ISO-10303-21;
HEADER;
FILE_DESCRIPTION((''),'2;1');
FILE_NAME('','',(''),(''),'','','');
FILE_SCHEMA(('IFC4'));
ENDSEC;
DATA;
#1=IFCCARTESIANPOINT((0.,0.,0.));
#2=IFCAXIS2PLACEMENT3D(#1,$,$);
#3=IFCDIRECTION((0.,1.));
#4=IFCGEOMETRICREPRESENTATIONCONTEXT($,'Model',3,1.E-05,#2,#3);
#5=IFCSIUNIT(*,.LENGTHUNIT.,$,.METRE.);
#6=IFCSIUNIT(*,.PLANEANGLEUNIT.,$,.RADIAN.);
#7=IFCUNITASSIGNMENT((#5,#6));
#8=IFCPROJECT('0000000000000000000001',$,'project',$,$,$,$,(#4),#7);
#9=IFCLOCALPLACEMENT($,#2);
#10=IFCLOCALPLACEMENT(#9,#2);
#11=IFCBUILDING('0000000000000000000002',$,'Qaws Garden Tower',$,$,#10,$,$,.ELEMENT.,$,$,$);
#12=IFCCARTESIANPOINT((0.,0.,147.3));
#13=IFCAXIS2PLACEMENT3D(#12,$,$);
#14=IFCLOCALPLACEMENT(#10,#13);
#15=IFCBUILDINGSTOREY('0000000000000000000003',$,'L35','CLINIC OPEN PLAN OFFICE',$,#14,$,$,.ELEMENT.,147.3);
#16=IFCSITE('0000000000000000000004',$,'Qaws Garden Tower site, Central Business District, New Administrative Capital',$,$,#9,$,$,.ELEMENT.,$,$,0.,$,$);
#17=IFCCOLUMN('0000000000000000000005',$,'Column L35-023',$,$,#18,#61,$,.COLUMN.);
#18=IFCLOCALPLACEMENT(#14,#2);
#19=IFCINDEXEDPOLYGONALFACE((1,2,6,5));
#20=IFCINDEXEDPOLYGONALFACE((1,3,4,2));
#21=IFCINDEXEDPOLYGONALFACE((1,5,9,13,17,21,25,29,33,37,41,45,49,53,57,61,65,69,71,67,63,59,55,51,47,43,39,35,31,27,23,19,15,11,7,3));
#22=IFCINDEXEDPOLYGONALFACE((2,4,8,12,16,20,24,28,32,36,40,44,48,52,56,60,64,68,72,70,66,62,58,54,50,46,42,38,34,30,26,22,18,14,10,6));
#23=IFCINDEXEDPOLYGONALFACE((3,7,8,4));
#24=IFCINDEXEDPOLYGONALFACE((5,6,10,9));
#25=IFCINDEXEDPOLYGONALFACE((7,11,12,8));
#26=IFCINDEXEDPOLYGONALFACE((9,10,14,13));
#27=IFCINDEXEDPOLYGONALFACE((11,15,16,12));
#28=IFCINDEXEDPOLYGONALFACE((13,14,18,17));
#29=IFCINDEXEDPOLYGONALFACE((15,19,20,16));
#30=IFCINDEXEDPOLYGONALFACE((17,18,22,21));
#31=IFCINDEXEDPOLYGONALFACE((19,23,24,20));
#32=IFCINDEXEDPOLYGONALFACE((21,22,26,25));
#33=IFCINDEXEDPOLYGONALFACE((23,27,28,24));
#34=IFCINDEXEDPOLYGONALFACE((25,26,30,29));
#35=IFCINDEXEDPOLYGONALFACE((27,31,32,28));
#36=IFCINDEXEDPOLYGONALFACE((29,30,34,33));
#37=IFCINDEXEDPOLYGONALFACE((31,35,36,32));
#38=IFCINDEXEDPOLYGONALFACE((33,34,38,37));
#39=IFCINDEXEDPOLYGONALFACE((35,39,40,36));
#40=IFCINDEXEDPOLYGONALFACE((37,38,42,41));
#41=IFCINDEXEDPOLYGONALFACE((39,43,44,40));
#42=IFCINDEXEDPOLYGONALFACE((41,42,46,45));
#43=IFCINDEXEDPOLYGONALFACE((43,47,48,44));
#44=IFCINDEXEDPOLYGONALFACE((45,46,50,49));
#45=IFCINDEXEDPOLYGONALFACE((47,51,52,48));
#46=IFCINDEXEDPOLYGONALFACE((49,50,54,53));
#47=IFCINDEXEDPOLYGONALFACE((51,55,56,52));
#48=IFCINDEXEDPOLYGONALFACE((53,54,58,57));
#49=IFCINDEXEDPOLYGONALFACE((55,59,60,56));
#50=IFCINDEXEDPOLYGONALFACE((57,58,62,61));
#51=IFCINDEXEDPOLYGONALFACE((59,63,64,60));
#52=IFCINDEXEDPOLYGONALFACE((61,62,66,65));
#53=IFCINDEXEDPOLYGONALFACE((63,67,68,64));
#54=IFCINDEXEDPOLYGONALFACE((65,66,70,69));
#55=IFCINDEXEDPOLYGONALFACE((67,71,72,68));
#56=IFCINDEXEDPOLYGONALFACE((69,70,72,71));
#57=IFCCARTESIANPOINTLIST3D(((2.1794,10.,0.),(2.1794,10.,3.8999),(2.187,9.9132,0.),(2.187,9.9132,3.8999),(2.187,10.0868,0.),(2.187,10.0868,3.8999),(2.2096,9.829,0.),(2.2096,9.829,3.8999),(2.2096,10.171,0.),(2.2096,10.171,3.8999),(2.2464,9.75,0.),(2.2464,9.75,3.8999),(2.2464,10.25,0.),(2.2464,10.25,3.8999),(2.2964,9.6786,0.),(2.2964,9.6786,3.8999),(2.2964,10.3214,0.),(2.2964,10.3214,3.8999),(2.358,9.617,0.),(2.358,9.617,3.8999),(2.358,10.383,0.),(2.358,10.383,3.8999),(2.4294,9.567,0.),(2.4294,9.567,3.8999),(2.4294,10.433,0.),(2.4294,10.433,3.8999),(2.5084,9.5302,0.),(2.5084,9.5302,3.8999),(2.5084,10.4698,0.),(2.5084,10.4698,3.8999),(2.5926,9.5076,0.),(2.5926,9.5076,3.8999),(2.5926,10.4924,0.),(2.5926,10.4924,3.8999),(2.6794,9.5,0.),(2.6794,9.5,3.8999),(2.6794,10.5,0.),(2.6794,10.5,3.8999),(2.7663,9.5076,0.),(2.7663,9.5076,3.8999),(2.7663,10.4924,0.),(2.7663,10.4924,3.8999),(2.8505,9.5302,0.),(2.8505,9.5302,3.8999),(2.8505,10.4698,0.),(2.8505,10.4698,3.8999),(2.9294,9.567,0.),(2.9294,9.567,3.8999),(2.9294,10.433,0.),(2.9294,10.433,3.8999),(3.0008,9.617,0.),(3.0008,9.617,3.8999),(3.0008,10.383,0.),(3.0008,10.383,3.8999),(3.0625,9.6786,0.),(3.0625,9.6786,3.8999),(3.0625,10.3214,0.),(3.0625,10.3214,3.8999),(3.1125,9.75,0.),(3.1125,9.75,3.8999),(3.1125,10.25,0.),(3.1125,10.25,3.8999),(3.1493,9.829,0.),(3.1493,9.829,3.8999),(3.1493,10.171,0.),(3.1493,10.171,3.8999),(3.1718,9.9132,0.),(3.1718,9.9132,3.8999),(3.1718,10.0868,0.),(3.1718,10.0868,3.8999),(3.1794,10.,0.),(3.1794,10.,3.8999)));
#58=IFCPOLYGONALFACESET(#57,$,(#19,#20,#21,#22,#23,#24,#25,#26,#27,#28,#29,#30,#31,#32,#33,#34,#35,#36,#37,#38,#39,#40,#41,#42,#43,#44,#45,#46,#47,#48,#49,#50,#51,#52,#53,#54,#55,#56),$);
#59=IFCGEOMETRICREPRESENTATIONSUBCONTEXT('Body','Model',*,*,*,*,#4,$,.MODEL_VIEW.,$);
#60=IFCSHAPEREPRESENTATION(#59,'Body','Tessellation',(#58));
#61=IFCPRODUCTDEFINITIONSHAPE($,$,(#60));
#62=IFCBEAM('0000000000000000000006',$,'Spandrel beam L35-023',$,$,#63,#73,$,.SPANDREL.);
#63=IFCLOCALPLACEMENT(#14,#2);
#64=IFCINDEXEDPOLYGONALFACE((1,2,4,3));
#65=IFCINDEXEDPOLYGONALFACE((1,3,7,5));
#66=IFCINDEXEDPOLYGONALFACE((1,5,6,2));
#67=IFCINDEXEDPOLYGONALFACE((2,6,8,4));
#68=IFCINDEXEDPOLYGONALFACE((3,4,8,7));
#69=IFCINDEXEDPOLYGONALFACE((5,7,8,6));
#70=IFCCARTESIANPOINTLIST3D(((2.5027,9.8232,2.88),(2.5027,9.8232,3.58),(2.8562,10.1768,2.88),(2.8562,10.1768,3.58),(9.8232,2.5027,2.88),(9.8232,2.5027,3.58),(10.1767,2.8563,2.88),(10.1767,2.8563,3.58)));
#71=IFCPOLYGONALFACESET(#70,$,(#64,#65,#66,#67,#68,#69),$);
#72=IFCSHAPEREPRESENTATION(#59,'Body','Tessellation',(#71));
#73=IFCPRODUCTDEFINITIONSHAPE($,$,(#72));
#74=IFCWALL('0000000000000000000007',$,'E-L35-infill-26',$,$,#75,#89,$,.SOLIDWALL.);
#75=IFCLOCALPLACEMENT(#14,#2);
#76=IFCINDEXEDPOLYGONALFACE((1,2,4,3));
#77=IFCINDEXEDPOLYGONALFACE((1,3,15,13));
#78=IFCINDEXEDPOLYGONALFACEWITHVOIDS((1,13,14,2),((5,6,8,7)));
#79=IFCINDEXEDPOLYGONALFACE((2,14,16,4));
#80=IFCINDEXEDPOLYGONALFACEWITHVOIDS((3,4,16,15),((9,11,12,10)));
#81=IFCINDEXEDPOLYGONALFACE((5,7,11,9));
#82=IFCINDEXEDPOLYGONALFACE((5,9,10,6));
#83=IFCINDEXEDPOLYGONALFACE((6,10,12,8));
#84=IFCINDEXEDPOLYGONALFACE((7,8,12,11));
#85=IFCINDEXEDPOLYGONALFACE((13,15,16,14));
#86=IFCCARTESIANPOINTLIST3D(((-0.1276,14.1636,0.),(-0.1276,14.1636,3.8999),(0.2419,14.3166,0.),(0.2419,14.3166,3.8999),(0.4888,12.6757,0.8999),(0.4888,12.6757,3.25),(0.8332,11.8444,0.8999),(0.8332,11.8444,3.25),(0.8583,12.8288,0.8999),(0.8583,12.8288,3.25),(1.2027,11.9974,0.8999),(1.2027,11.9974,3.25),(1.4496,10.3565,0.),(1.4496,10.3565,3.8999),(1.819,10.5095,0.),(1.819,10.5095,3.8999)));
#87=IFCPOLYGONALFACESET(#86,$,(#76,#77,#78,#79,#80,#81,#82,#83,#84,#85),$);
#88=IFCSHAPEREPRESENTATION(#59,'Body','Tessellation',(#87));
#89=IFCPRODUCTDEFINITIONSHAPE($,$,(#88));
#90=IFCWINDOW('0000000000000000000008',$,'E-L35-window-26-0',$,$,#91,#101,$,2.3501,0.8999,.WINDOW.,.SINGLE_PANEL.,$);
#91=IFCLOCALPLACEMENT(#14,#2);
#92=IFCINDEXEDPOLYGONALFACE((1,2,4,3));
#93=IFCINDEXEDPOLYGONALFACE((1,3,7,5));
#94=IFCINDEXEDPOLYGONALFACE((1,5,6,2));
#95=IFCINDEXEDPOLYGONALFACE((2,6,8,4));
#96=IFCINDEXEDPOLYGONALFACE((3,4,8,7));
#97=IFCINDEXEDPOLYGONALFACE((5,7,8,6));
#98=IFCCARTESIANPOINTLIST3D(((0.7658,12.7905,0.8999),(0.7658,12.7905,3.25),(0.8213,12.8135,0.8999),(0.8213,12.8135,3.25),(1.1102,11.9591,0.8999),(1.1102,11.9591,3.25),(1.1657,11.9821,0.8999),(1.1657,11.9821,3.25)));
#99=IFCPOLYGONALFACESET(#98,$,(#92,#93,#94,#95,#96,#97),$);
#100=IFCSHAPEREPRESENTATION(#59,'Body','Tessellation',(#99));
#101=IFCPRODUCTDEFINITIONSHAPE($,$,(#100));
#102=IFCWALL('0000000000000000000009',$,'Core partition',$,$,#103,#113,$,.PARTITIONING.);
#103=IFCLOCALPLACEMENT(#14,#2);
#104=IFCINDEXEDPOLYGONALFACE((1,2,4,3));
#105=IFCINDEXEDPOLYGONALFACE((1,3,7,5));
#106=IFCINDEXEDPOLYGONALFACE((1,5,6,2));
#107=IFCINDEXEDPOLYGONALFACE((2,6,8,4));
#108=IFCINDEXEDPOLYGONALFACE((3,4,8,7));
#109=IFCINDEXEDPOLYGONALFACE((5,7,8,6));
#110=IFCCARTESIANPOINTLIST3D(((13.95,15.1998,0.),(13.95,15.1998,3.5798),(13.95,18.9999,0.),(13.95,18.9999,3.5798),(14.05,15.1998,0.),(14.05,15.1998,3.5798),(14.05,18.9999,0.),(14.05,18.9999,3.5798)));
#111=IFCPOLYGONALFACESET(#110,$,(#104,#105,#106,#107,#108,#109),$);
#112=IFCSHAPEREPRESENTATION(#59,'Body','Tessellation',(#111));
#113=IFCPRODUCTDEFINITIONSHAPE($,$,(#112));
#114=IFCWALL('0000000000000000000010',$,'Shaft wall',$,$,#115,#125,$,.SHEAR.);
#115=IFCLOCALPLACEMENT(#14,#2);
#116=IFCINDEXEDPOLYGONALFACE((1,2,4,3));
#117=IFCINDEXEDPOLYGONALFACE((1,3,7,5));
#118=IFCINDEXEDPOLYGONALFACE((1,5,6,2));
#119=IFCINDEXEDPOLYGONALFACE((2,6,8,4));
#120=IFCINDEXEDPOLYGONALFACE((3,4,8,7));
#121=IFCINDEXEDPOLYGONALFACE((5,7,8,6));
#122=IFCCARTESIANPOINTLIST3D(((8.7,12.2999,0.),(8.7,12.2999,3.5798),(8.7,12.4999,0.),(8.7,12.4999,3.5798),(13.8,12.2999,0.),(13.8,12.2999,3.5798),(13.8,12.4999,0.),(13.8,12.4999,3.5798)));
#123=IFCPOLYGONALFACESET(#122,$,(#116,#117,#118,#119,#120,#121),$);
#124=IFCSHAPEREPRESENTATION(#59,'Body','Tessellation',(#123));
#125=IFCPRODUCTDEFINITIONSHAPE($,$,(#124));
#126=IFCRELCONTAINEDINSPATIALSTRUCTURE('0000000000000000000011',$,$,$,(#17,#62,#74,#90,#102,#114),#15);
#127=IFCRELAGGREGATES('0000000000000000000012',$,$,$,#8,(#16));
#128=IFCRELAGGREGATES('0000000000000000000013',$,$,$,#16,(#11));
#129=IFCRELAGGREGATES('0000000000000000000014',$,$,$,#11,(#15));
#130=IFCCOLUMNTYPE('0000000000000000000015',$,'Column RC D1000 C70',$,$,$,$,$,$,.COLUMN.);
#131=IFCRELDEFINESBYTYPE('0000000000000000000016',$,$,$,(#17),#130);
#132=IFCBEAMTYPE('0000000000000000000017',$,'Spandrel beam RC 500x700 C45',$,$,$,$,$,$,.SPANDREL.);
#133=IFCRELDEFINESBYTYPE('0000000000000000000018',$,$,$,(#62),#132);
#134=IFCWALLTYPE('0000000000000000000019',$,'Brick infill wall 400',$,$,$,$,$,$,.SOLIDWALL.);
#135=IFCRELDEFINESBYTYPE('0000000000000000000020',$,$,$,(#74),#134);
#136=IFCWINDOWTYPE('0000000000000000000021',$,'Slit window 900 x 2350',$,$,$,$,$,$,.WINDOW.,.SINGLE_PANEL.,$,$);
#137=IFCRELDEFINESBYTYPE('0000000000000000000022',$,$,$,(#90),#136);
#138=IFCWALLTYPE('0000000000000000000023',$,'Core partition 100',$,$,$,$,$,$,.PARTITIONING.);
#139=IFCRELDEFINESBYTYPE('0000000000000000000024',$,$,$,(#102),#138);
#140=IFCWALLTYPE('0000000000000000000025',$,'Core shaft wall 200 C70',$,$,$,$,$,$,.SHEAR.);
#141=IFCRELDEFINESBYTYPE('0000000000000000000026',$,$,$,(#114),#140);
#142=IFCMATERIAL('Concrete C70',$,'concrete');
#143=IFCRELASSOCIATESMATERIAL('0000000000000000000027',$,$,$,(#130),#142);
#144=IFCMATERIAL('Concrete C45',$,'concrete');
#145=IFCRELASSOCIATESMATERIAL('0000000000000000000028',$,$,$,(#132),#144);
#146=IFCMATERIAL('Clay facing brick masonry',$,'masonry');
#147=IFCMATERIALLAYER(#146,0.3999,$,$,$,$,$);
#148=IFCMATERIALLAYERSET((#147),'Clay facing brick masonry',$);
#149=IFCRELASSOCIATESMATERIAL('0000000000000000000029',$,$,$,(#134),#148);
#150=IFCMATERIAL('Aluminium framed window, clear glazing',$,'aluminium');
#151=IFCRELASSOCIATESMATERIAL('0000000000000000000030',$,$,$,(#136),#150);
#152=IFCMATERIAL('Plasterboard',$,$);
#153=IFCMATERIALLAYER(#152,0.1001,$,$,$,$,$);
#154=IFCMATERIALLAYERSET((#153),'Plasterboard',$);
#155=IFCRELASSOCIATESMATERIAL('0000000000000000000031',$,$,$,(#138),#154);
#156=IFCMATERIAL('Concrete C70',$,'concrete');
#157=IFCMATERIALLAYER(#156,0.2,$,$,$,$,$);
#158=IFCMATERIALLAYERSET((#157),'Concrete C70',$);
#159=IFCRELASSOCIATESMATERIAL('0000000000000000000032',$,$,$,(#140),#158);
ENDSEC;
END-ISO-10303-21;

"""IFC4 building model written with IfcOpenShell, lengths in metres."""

from ifc_helpers import new_model, si_unit, direction, frame, frame_2d, origin, origin_2d, place, context, subcontext, project, spatial, rectangle, circle, extrude, material, layer, layer_set, material_profile, profile_set, type_object, element, fill, save


model = new_model("IFC4")

# Units and contexts
model_context = context("Model", 3, precision=1e-05, world=origin(), true_north=direction((0.0, 1.0)))
body_context = subcontext(model_context, "Body", "Model", "MODEL_VIEW")
ifc_project = project(units=[si_unit("LENGTHUNIT", "METRE"), si_unit("PLANEANGLEUNIT", "RADIAN")], contexts=[model_context])

# Site, building, storey
site_placement = place(None, origin())
site = spatial("IfcSite", under=ifc_project, at=site_placement, Name="Qaws Garden Tower site, Central Business District, New Administrative Capital", CompositionType="ELEMENT", RefElevation=0.0)
building_placement = place(site_placement, origin())
building = spatial("IfcBuilding", under=site, at=building_placement, Name="Qaws Garden Tower", CompositionType="ELEMENT")
storey_placement = place(building_placement, frame((0.0, 0.0, 147.3)))
storey = spatial("IfcBuildingStorey", under=building, at=storey_placement, Name="L35", Description="CLINIC OPEN PLAN OFFICE", CompositionType="ELEMENT", Elevation=147.3)

# Column
ifc_material_1 = material(Name="Concrete C70", Category="concrete")
ifc_material_profile_1 = material_profile(ifc_material_1, circle(Radius=0.5, at=origin_2d()), Name="RC D1000")
ifc_profile_set_1 = profile_set([ifc_material_profile_1], Name="Concrete C70")
column_type = type_object("IfcColumnType", Name="Column RC D1000 C70", PredefinedType="COLUMN", material=ifc_profile_set_1)
column_placement = place(storey_placement, frame((2.6794, 10.0, 0.0), z_axis=(0.0, 0.0, 1.0), x_axis=(1.0, 0.0, 0.0)))
element("IfcColumn", 1, at=column_placement, inside=storey, type_object=column_type, Name="Column L35-023", PredefinedType="COLUMN", context=body_context, shape_type="SweptSolid", body=[
    extrude(circle(Radius=0.5, at=origin_2d()), origin(), (0.0, 0.0, 1.0), 3.8999),
])

# Beam
ifc_material_2 = material(Name="Concrete C45", Category="concrete")
ifc_material_profile_2 = material_profile(ifc_material_2, rectangle(XDim=0.5, YDim=0.7, at=origin_2d()), Name="RC 500x700")
ifc_profile_set_2 = profile_set([ifc_material_profile_2], Name="Concrete C45")
beam_type = type_object("IfcBeamType", Name="Spandrel beam RC 500x700 C45", PredefinedType="SPANDREL", material=ifc_profile_set_2)
beam_placement = place(storey_placement, frame((2.6794, 10.0, 3.23), z_axis=(0.707107, -0.707107, 0.0), x_axis=(0.707107, 0.707107, 0.0)))
element("IfcBeam", 2, at=beam_placement, inside=storey, type_object=beam_type, Name="Spandrel beam L35-023", PredefinedType="SPANDREL", context=body_context, shape_type="SweptSolid", body=[
    extrude(rectangle(XDim=0.5, YDim=0.7, at=origin_2d()), origin(), (0.0, 0.0, 1.0), 10.3528),
])

# Wall, opening, window
ifc_material_3 = material(Name="Clay facing brick masonry", Category="masonry")
ifc_layer_1 = layer(ifc_material_3, 0.3999)
ifc_layer_set_1 = layer_set([ifc_layer_1], Name="Clay facing brick masonry")
wall_type_1 = type_object("IfcWallType", Name="Brick infill wall 400", PredefinedType="SOLIDWALL", material=ifc_layer_set_1)
wall_1_placement = place(storey_placement, frame((0.0571, 14.2402, 0.0), z_axis=(0.0, 0.0, 1.0), x_axis=(0.382722, -0.923864, 0.0)))
wall_1 = element("IfcWall", 3, at=wall_1_placement, inside=storey, type_object=wall_type_1, Name="E-L35-infill-26", PredefinedType="SOLIDWALL", context=body_context, shape_type="SweptSolid", body=[
    extrude(rectangle(XDim=4.1208, YDim=0.3999, at=frame_2d((2.0605, 0.0))), origin(), (0.0, 0.0, 1.0), 3.8999),
])
opening_1_placement = place(wall_1_placement, frame((1.6106, 0.0, 0.8999)))
opening_1 = element("IfcOpeningElement", 4, at=opening_1_placement, cuts=wall_1, PredefinedType="OPENING", context=body_context, shape_type="SweptSolid", body=[
    extrude(rectangle(XDim=0.8999, YDim=2.3501, at=frame_2d((0.45, 1.175))), frame((0.0, 0.21, 0.0), z_axis=(0.0, -1.0, 0.0), x_axis=(1.0, 0.0, 0.0)), (0.0, 0.0, 1.0), 0.4199),
])
ifc_material_4 = material(Name="Aluminium framed window, clear glazing", Category="aluminium")
window_type = type_object("IfcWindowType", Name="Slit window 900 x 2350", PartitioningType="SINGLE_PANEL", PredefinedType="WINDOW", material=ifc_material_4)
window_placement = place(opening_1_placement, origin())
window = element("IfcWindow", 5, at=window_placement, inside=storey, type_object=window_type, Name="E-L35-window-26-0", OverallHeight=2.3501, OverallWidth=0.8999, PartitioningType="SINGLE_PANEL", PredefinedType="WINDOW", context=body_context, shape_type="SweptSolid", body=[
    extrude(rectangle(XDim=0.8999, YDim=2.3501, at=frame_2d((0.45, 1.175))), frame((0.0, 0.1599, 0.0), z_axis=(0.0, -1.0, 0.0), x_axis=(1.0, 0.0, 0.0)), (0.0, 0.0, 1.0), 0.0601),
])
fill(opening_1, window)

# Walls
ifc_material_5 = material(Name="Plasterboard")
ifc_layer_2 = layer(ifc_material_5, 0.1001)
ifc_layer_set_2 = layer_set([ifc_layer_2], Name="Plasterboard")
wall_type_2 = type_object("IfcWallType", Name="Core partition 100", PredefinedType="PARTITIONING", material=ifc_layer_set_2)
wall_2_placement = place(storey_placement, frame((14.0, 15.2, 0.0), z_axis=(0.0, 0.0, 1.0), x_axis=(0.0, 1.0, 0.0)))
element("IfcWall", 6, at=wall_2_placement, inside=storey, type_object=wall_type_2, Name="Core partition", PredefinedType="PARTITIONING", context=body_context, shape_type="SweptSolid", body=[
    extrude(rectangle(XDim=3.8, YDim=0.1001, at=frame_2d((1.8999, 0.0))), origin(), (0.0, 0.0, 1.0), 3.5798),
])
ifc_material_6 = material(Name="Concrete C70", Category="concrete")
ifc_layer_3 = layer(ifc_material_6, 0.2)
ifc_layer_set_3 = layer_set([ifc_layer_3], Name="Concrete C70")
wall_type_3 = type_object("IfcWallType", Name="Core shaft wall 200 C70", PredefinedType="SHEAR", material=ifc_layer_set_3)
wall_3_placement = place(storey_placement, frame((8.7, 12.3999, 0.0), z_axis=(0.0, 0.0, 1.0), x_axis=(1.0, 0.0, 0.0)))
element("IfcWall", 7, at=wall_3_placement, inside=storey, type_object=wall_type_3, Name="Shaft wall", PredefinedType="SHEAR", context=body_context, shape_type="SweptSolid", body=[
    extrude(rectangle(XDim=5.1001, YDim=0.2, at=frame_2d((2.55, 0.0))), origin(), (0.0, 0.0, 1.0), 3.5798),
])

save(model, "model.ifc")
